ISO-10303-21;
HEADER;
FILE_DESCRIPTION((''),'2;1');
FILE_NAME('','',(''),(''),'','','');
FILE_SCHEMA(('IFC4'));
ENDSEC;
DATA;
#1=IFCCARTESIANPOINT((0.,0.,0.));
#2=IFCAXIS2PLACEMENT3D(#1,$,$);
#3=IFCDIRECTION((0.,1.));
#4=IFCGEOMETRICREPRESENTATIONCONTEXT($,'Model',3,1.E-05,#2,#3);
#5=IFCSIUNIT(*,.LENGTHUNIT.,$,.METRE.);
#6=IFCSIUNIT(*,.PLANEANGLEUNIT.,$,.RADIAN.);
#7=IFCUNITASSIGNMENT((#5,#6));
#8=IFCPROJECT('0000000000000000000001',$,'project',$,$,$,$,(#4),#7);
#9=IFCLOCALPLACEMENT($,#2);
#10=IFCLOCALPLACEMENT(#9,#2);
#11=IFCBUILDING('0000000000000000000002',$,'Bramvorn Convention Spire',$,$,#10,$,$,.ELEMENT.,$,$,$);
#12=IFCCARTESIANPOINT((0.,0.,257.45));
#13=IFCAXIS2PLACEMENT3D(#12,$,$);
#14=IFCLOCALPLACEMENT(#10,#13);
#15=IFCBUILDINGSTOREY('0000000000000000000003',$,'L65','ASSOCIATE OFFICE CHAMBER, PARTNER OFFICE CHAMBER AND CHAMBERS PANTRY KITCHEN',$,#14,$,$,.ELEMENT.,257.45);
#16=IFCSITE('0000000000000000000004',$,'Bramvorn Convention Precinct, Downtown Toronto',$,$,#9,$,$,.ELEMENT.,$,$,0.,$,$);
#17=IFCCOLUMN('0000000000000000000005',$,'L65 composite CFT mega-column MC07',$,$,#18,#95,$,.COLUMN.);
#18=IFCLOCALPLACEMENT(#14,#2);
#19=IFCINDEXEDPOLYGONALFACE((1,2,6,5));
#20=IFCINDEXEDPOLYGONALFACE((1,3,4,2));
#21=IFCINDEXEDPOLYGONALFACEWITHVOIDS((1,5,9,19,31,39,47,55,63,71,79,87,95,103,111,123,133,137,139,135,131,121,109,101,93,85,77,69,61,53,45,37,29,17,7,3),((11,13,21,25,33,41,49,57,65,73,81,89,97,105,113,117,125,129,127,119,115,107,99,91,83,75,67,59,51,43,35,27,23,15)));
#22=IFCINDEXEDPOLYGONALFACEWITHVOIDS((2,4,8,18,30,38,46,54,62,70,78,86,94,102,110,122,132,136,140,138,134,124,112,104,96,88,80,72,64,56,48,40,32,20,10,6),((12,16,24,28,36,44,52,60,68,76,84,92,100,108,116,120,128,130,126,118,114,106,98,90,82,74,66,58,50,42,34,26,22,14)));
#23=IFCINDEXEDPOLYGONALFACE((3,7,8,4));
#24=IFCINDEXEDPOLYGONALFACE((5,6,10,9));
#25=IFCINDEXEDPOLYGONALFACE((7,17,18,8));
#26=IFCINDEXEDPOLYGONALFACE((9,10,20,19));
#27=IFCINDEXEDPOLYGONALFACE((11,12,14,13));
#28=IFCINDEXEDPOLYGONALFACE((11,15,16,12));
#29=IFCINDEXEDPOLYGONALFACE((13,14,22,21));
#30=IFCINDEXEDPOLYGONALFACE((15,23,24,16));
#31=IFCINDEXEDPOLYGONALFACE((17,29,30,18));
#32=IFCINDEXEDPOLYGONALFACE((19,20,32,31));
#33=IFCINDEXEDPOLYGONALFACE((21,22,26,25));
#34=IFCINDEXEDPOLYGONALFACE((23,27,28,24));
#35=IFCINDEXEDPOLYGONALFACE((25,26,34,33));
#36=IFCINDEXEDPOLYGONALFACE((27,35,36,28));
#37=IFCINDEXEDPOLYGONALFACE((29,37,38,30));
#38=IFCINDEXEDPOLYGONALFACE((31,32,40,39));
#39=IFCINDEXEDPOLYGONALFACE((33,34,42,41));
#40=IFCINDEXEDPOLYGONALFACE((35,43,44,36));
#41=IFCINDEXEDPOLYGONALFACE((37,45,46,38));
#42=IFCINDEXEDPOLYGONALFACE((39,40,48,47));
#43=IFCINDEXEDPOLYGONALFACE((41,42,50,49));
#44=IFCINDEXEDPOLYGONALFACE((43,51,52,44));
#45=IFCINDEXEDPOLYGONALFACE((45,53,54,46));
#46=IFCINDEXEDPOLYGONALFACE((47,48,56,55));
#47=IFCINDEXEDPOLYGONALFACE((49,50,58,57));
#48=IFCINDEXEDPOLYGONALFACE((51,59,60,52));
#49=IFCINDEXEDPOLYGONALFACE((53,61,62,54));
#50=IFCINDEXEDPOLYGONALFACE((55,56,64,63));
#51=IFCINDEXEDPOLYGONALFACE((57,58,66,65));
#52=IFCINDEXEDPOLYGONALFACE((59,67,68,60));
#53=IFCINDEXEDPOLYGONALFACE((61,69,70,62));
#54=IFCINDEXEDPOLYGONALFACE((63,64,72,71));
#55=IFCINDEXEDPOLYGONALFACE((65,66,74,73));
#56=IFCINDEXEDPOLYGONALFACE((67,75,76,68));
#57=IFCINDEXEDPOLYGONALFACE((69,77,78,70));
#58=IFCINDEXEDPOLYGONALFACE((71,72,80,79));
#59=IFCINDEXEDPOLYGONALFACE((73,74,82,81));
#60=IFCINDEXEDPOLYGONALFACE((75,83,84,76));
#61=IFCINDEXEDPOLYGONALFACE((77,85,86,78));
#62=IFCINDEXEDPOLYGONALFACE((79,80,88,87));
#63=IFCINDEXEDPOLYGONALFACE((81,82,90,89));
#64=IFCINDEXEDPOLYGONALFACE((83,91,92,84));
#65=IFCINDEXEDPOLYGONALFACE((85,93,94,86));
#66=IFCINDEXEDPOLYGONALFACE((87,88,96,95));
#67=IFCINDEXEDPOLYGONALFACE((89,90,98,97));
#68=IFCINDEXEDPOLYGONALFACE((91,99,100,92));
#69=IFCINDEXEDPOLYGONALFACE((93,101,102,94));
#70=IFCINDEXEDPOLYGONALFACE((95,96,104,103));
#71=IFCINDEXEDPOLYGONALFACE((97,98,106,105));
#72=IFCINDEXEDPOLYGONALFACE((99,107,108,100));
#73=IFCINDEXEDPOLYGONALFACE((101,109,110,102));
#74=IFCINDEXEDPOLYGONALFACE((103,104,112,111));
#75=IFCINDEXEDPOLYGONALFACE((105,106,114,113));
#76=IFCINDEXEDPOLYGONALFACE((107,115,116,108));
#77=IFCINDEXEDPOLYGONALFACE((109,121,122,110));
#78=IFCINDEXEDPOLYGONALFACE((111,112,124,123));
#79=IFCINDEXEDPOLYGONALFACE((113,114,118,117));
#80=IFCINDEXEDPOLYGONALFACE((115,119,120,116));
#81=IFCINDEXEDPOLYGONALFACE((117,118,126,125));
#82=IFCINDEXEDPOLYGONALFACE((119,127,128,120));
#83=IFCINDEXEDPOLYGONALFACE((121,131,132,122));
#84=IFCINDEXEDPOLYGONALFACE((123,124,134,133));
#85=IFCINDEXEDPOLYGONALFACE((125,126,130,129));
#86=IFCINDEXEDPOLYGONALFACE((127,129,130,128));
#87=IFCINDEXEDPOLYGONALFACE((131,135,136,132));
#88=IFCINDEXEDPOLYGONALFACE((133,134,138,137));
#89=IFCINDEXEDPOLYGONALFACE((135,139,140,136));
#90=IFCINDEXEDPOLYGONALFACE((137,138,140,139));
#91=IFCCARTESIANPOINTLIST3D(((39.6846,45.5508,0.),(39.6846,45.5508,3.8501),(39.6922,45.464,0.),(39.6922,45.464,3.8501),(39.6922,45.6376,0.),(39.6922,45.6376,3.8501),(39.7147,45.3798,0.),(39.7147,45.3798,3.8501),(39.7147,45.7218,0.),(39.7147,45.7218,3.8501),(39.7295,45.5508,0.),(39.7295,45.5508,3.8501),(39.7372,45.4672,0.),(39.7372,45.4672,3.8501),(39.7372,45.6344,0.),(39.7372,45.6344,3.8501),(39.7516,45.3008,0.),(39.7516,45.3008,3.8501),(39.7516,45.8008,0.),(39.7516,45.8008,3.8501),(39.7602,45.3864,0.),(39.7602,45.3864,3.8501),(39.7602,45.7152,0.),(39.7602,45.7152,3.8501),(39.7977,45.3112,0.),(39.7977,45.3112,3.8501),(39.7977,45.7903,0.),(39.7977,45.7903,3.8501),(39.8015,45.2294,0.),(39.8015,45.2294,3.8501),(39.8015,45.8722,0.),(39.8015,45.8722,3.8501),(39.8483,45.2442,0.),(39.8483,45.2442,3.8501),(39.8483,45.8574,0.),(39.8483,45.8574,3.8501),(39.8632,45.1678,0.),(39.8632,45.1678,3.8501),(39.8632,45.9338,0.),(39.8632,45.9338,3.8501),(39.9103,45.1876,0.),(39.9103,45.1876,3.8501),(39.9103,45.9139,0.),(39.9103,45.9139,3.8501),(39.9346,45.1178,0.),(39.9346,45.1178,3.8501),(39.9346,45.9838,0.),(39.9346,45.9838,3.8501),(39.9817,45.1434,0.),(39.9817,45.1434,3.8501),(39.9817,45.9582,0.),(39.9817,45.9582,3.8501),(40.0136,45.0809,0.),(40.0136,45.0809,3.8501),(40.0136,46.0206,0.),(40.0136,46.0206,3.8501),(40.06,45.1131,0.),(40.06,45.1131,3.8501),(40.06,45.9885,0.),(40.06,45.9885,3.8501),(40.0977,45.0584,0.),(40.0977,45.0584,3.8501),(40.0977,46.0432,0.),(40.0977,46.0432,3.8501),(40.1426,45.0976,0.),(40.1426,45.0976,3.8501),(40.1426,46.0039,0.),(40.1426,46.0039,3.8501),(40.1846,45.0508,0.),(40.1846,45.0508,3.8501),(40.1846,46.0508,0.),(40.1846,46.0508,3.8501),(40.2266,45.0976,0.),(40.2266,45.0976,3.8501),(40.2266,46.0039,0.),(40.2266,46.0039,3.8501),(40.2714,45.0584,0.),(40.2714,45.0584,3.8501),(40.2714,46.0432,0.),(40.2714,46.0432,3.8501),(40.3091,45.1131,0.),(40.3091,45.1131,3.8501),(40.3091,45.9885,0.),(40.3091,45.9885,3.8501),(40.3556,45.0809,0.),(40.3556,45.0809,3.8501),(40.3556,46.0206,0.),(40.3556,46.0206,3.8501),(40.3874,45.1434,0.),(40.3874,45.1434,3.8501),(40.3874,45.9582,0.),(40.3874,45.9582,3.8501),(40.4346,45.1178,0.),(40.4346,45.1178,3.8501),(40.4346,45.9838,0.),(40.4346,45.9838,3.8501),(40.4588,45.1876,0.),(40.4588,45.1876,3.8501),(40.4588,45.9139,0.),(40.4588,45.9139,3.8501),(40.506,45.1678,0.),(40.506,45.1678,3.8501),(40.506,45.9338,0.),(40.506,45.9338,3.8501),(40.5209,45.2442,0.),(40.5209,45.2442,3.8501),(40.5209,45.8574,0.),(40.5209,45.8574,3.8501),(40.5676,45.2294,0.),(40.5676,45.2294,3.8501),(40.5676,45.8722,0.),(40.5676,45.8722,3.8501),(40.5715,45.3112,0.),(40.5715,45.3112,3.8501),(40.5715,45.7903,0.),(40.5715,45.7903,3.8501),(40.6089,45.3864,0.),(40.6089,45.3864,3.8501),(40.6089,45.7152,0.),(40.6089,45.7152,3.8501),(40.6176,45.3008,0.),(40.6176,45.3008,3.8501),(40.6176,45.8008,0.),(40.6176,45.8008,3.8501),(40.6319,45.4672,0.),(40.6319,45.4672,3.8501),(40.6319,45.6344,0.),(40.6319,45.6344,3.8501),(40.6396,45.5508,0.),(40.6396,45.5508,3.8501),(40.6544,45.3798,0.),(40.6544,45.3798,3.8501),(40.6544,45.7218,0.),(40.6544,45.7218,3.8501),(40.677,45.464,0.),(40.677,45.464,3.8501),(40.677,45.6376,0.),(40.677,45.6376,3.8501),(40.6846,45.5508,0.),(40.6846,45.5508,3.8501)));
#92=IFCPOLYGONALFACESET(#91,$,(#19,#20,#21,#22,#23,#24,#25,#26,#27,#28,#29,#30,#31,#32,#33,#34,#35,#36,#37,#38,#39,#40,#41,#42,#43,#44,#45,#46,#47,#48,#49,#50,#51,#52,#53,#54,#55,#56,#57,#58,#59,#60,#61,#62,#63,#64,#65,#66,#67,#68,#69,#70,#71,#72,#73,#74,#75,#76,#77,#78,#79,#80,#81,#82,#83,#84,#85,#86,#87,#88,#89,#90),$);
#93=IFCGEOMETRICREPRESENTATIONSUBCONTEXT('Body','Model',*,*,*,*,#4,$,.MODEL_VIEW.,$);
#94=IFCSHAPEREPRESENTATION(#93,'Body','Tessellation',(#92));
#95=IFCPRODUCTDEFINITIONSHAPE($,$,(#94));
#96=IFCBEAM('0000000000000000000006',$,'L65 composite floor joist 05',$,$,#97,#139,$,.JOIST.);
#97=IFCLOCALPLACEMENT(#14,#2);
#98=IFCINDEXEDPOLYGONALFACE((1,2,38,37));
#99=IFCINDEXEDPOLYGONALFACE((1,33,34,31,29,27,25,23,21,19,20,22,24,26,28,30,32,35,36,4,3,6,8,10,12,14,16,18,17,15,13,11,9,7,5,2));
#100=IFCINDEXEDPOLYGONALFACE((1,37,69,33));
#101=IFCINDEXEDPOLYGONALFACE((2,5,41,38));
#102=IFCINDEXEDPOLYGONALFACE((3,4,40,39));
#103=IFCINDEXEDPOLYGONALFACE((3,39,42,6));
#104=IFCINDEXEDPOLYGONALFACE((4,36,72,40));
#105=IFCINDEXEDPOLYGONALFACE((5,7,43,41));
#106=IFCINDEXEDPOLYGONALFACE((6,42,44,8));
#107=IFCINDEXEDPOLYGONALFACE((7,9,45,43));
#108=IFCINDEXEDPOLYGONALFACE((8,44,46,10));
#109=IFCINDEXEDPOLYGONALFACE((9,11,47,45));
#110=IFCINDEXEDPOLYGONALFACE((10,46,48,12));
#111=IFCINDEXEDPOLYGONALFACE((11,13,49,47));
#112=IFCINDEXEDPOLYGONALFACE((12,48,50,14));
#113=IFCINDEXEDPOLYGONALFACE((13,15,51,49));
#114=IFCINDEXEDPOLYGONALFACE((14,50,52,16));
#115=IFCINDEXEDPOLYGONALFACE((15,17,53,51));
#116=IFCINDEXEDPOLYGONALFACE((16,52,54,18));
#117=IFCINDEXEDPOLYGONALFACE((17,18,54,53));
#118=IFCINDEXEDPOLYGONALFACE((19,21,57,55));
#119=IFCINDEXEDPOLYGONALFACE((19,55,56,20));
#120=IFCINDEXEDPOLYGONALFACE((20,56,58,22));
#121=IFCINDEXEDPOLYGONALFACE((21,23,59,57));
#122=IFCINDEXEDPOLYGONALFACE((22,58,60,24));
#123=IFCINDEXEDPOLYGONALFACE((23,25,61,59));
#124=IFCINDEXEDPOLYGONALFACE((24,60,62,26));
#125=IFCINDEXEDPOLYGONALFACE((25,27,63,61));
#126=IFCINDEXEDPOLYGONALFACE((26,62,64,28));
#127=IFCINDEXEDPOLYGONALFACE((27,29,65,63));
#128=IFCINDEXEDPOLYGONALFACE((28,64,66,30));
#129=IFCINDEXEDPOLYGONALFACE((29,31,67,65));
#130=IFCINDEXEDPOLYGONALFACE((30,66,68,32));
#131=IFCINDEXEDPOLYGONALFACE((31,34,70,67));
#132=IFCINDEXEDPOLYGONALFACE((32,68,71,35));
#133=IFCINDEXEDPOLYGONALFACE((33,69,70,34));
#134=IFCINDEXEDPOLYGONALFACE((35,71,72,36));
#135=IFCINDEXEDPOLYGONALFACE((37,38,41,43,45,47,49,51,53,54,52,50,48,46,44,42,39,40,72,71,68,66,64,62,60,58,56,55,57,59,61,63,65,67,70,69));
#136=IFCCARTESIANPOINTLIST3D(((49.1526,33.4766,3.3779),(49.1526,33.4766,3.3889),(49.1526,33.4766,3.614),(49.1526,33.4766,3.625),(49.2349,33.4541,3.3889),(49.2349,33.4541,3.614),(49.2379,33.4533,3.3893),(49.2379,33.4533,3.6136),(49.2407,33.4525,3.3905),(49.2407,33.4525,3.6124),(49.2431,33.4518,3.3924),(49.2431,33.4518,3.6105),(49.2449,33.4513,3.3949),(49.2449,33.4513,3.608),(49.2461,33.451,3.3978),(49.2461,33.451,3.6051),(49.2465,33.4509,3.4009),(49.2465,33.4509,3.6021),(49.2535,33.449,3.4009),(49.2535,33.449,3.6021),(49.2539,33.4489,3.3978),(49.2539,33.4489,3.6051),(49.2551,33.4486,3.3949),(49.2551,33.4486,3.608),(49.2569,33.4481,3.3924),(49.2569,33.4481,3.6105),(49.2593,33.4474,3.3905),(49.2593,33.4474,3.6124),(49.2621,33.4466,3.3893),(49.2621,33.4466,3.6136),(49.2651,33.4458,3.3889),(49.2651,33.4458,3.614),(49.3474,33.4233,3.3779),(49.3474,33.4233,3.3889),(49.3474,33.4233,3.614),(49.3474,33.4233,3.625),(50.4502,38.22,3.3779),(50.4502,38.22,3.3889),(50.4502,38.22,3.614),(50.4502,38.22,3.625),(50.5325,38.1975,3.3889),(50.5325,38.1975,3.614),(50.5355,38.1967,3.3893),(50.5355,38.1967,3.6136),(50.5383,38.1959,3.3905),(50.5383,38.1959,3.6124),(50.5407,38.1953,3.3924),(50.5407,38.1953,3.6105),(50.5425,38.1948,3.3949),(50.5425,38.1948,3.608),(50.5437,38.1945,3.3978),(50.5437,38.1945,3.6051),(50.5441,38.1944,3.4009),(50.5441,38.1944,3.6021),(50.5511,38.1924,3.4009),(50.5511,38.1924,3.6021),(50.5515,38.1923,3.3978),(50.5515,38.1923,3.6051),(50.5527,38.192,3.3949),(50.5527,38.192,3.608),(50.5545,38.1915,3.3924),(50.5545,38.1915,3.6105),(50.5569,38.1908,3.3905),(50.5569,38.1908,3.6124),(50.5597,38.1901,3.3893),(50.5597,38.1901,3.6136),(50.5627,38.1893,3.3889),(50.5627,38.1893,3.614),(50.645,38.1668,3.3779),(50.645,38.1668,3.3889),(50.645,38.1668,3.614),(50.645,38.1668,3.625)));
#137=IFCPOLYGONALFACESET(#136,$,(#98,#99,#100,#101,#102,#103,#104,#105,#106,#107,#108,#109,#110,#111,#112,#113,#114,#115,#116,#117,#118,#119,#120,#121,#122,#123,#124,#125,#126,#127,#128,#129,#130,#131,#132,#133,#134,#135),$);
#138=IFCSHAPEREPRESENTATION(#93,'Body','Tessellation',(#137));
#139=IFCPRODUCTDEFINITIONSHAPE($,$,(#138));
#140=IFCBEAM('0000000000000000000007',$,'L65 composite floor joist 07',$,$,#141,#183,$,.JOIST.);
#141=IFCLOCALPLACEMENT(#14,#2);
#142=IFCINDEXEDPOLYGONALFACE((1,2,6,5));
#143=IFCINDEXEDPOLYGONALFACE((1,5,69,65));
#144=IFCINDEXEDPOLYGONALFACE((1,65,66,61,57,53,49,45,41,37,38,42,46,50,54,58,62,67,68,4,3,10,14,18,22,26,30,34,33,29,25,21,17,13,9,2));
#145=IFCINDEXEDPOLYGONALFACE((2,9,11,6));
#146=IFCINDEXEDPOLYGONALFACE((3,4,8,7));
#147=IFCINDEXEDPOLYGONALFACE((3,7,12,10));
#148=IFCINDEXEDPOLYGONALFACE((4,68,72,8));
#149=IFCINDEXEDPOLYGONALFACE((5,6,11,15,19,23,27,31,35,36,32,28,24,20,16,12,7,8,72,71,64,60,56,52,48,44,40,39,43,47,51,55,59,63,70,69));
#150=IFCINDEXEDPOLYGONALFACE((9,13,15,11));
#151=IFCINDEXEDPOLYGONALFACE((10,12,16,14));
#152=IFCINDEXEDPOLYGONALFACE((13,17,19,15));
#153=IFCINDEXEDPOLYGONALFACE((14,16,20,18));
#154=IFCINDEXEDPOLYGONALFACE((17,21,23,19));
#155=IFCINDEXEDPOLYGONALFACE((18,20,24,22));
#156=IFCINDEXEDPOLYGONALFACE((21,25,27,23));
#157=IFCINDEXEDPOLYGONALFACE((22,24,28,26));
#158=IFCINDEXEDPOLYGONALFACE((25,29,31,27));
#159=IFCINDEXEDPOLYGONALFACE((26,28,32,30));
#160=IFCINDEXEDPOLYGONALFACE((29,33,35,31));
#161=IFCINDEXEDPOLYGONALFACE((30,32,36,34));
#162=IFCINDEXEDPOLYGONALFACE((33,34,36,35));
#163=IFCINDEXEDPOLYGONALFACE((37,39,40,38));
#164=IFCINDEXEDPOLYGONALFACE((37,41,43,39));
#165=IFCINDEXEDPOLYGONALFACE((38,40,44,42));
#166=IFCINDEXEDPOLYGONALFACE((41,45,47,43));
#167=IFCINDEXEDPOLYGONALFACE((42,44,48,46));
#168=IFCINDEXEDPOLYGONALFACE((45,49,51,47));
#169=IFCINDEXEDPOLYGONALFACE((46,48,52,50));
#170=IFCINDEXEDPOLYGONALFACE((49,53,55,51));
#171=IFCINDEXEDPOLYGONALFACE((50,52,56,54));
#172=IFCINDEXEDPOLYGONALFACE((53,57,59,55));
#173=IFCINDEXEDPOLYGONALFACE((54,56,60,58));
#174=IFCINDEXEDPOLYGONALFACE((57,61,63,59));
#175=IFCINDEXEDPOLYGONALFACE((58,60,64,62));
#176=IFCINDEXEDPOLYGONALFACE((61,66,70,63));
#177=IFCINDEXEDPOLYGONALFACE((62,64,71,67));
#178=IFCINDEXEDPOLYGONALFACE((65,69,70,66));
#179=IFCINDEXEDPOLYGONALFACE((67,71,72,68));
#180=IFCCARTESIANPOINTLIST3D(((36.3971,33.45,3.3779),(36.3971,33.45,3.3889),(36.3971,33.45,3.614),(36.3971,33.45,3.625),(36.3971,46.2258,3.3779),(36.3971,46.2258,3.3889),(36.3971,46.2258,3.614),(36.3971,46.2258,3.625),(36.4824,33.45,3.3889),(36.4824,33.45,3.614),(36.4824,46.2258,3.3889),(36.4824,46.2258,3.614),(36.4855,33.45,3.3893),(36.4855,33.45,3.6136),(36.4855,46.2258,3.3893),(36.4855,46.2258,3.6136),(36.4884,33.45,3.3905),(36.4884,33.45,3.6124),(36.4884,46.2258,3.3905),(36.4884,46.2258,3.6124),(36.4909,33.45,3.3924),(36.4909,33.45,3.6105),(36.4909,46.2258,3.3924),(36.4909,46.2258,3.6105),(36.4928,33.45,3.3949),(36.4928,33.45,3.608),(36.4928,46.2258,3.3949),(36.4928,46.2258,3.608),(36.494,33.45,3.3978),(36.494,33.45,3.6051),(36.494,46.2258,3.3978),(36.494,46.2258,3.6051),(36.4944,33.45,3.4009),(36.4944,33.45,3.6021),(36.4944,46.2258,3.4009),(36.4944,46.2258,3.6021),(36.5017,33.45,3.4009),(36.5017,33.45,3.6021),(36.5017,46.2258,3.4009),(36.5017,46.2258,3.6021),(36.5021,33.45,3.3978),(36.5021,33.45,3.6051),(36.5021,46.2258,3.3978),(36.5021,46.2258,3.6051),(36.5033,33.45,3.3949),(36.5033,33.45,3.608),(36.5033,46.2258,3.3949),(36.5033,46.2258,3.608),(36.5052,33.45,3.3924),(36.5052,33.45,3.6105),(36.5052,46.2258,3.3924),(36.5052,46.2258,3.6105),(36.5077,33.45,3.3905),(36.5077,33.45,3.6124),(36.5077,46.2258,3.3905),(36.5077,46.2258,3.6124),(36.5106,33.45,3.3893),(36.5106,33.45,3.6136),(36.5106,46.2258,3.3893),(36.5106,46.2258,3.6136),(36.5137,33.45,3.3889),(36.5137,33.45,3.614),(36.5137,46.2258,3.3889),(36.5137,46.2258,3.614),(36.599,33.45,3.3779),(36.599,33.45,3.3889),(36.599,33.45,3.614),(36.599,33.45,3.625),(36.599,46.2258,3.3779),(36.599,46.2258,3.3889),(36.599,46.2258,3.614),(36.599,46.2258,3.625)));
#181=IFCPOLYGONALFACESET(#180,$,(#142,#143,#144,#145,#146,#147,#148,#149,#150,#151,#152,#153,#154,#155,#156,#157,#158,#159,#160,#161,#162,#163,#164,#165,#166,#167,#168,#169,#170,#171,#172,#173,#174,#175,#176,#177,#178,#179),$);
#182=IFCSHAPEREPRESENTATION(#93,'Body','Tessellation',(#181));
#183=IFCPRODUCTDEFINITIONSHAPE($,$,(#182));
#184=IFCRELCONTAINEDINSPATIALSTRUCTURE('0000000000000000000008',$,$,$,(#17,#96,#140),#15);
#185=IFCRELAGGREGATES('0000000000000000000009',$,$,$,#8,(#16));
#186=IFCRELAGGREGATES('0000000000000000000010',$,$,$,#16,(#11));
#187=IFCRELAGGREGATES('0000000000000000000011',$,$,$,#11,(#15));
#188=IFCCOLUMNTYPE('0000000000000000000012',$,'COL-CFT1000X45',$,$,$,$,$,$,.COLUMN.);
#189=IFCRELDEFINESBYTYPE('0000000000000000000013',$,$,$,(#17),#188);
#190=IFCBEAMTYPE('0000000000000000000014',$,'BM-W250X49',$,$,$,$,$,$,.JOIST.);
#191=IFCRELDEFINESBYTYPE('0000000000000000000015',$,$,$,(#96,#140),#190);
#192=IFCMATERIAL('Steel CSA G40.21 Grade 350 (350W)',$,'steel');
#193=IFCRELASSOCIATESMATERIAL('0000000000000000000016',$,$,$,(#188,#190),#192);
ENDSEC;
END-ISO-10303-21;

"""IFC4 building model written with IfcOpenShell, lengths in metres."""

from ifc_helpers import new_model, si_unit, direction, frame, origin, origin_2d, place, context, subcontext, project, spatial, hollow_circle, i_section, extrude, material, material_profile, profile_set, type_object, element, save


model = new_model("IFC4")

# Units and contexts
model_context = context("Model", 3, precision=1e-05, world=origin(), true_north=direction((0.0, 1.0)))
body_context = subcontext(model_context, "Body", "Model", "MODEL_VIEW")
ifc_project = project(units=[si_unit("LENGTHUNIT", "METRE"), si_unit("PLANEANGLEUNIT", "RADIAN")], contexts=[model_context])

# Site, building, storey
site_placement = place(None, origin())
site = spatial("IfcSite", under=ifc_project, at=site_placement, Name="Bramvorn Convention Precinct, Downtown Toronto", CompositionType="ELEMENT", RefElevation=0.0)
building_placement = place(site_placement, origin())
building = spatial("IfcBuilding", under=site, at=building_placement, Name="Bramvorn Convention Spire", CompositionType="ELEMENT")
storey_placement = place(building_placement, frame((0.0, 0.0, 257.45)))
storey = spatial("IfcBuildingStorey", under=building, at=storey_placement, Name="L65", Description="ASSOCIATE OFFICE CHAMBER, PARTNER OFFICE CHAMBER AND CHAMBERS PANTRY KITCHEN", CompositionType="ELEMENT", Elevation=257.45)

# Column
ifc_material_1 = material(Name="Steel CSA G40.21 Grade 350 (350W)", Category="steel")
ifc_material_profile_1 = material_profile(ifc_material_1, hollow_circle(Radius=0.5, WallThickness=0.0449, at=origin_2d()))
ifc_profile_set_1 = profile_set([ifc_material_profile_1], Name="Steel CSA G40.21 Grade 350 (350W) - CFT1000X45")
column_type = type_object("IfcColumnType", Name="COL-CFT1000X45", PredefinedType="COLUMN", material=ifc_profile_set_1)
for number, where, z_axis, x_axis, name in (
    (1, (40.1846, 45.5508, 0.0), (0.0, 0.0, 1.0), (1.0, 0.0, 0.0), "L65 composite CFT mega-column MC07"),
):
    element("IfcColumn", number, at=place(storey_placement, frame(where, z_axis=z_axis, x_axis=x_axis)), inside=storey, type_object=column_type, Name=name, PredefinedType="COLUMN", context=body_context, shape_type="SweptSolid", body=[
        extrude(hollow_circle(Radius=0.5, WallThickness=0.0449, at=origin_2d()), origin(), (0.0, 0.0, 1.0), 3.8501),
    ])

# Beams
ifc_material_profile_2 = material_profile(ifc_material_1, i_section(OverallWidth=0.2019, OverallDepth=0.2471, WebThickness=0.0073, FlangeThickness=0.011, FilletRadius=0.012, at=origin_2d()))
ifc_profile_set_2 = profile_set([ifc_material_profile_2], Name="Steel CSA G40.21 Grade 350 (350W) - W250X49")
beam_type_1 = type_object("IfcBeamType", Name="BM-W250X49", PredefinedType="JOIST", material=ifc_profile_set_2)
beam_1_placement = place(storey_placement, frame((49.25, 33.45, 3.5015), z_axis=(0.263865, 0.96456, 0.0), x_axis=(-0.96456, 0.263865, 0.0)))
element("IfcBeam", 2, at=beam_1_placement, inside=storey, type_object=beam_type_1, Name="L65 composite floor joist 05", PredefinedType="JOIST", context=body_context, shape_type="SweptSolid", body=[
    extrude(i_section(OverallWidth=0.2019, OverallDepth=0.2471, WebThickness=0.0073, FlangeThickness=0.011, FilletRadius=0.012, at=origin_2d()), origin(), (0.0, 0.0, 1.0), 4.9177),
])
beam_2_placement = place(storey_placement, frame((36.498, 33.45, 3.5015), z_axis=(0.0, 1.0, 0.0), x_axis=(-1.0, 0.0, 0.0)))
element("IfcBeam", 3, at=beam_2_placement, inside=storey, type_object=beam_type_1, Name="L65 composite floor joist 07", PredefinedType="JOIST", context=body_context, shape_type="SweptSolid", body=[
    extrude(i_section(OverallWidth=0.2019, OverallDepth=0.2471, WebThickness=0.0073, FlangeThickness=0.011, FilletRadius=0.012, at=origin_2d()), origin(), (0.0, 0.0, 1.0), 12.7759),
])

save(model, "model.ifc")
